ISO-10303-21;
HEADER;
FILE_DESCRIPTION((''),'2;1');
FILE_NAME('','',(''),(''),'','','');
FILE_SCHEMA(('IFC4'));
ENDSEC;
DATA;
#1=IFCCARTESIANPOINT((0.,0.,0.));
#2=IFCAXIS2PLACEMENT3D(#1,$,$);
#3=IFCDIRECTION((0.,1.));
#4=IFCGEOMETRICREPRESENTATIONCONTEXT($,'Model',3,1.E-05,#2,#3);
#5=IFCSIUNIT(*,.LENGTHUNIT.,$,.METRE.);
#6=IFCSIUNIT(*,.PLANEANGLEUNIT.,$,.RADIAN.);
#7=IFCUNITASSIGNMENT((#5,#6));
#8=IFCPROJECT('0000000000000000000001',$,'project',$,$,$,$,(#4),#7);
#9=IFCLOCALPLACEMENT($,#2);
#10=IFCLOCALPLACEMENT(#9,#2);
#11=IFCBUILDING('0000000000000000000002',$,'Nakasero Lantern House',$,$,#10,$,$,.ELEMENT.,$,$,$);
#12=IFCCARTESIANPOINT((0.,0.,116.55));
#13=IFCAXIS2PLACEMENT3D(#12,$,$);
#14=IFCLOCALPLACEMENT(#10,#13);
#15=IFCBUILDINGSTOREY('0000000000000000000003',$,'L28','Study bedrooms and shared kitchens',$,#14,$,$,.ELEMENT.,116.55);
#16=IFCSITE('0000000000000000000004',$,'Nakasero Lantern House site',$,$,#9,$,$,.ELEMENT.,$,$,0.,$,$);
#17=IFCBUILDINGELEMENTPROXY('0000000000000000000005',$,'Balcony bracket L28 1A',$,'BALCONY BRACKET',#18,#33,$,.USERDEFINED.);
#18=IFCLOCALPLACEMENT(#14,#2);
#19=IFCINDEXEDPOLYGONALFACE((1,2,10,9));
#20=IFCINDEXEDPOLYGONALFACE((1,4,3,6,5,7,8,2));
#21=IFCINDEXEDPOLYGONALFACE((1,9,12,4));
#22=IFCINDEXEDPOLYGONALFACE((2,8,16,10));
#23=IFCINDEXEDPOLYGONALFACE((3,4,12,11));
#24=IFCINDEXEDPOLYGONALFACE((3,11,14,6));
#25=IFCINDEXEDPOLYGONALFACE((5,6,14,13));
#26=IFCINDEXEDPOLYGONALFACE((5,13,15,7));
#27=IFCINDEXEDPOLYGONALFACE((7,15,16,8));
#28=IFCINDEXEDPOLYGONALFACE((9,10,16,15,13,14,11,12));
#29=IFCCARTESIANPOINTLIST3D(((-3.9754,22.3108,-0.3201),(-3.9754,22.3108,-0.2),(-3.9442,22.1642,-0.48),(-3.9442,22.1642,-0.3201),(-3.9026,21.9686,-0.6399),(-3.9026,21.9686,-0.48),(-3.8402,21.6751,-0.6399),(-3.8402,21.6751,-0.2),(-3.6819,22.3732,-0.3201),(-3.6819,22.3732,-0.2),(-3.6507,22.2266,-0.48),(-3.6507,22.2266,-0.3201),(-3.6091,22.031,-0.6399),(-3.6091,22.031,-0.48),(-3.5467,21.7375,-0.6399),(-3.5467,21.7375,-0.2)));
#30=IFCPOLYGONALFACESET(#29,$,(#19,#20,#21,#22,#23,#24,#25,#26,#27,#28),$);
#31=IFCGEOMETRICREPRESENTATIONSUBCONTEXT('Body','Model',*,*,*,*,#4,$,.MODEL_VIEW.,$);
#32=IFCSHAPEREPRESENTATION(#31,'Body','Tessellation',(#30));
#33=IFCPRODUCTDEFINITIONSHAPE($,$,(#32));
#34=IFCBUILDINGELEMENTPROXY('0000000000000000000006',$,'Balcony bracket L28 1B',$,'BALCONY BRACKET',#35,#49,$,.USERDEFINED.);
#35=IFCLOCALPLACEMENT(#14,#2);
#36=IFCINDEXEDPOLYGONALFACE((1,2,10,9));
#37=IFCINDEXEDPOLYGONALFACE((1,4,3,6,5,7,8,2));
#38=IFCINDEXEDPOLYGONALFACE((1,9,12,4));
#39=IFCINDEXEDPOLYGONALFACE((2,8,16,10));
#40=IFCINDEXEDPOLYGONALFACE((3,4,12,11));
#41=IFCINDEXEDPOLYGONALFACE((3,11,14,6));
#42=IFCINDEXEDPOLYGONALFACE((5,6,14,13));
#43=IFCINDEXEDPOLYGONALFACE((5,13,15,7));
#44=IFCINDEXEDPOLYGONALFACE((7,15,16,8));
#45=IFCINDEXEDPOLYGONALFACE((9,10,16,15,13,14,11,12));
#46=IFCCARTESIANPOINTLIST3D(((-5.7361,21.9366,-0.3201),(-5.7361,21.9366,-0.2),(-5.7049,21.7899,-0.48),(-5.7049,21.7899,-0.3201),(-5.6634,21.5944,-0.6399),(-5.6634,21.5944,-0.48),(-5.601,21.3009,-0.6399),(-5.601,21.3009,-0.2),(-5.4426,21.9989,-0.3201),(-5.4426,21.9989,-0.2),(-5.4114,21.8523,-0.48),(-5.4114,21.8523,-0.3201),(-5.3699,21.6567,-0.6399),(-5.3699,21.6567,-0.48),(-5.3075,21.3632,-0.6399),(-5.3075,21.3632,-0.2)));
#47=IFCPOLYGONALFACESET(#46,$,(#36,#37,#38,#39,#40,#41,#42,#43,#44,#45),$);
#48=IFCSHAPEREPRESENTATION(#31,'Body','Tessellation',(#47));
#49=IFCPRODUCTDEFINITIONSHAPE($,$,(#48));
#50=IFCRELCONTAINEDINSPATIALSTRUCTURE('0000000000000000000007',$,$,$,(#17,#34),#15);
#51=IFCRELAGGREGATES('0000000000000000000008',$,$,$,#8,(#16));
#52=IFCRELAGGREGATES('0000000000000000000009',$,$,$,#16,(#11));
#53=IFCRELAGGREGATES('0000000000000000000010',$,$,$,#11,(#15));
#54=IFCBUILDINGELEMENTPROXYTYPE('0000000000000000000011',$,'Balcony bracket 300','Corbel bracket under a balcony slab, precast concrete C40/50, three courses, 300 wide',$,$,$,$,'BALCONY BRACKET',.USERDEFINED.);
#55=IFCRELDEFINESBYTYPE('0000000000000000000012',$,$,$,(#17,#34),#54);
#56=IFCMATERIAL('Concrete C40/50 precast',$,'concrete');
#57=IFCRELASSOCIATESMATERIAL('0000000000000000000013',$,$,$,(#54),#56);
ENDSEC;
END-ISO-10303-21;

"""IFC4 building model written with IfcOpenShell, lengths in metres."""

from ifc_helpers import new_model, si_unit, direction, frame, origin, place, context, subcontext, project, spatial, polyline, outline, extrude, material, type_object, element, save


model = new_model("IFC4")

# Units and contexts
model_context = context("Model", 3, precision=1e-05, world=origin(), true_north=direction((0.0, 1.0)))
body_context = subcontext(model_context, "Body", "Model", "MODEL_VIEW")
ifc_project = project(units=[si_unit("LENGTHUNIT", "METRE"), si_unit("PLANEANGLEUNIT", "RADIAN")], contexts=[model_context])

# Site, building, storey
site_placement = place(None, origin())
site = spatial("IfcSite", under=ifc_project, at=site_placement, Name="Nakasero Lantern House site", CompositionType="ELEMENT", RefElevation=0.0)
building_placement = place(site_placement, origin())
building = spatial("IfcBuilding", under=site, at=building_placement, Name="Nakasero Lantern House", CompositionType="ELEMENT")
storey_placement = place(building_placement, frame((0.0, 0.0, 116.55)))
storey = spatial("IfcBuildingStorey", under=building, at=storey_placement, Name="L28", Description="Study bedrooms and shared kitchens", CompositionType="ELEMENT", Elevation=116.55)

# Building element proxies
ifc_material_1 = material(Name="Concrete C40/50 precast", Category="concrete")
building_element_proxy_type = type_object("IfcBuildingElementProxyType", Name="Balcony bracket 300", Description="Corbel bracket under a balcony slab, precast concrete C40/50, three courses, 300 wide", ElementType="BALCONY BRACKET", PredefinedType="USERDEFINED", material=ifc_material_1)
for number, where, z_axis, x_axis, name in (
    (1, (-3.6936, 21.7063, -0.2), (0.0, 0.0, 1.0), (-0.207912, 0.978148, 0.0), "Balcony bracket L28 1A"),
    (2, (-5.4543, 21.332, -0.2), (0.0, 0.0, 1.0), (-0.207912, 0.978148, 0.0), "Balcony bracket L28 1B"),
):
    element("IfcBuildingElementProxy", number, at=place(storey_placement, frame(where, z_axis=z_axis, x_axis=x_axis)), inside=storey, type_object=building_element_proxy_type, Name=name, ObjectType="BALCONY BRACKET", PredefinedType="USERDEFINED", context=body_context, shape_type="SweptSolid", body=[
        extrude(outline(polyline([(0.0, 0.0), (0.6499, 0.0), (0.6499, -0.1201), (0.5, -0.1201), (0.5, -0.28), (0.3, -0.28), (0.3, -0.4399), (0.0, -0.4399), (0.0, 0.0)])), frame((0.0, 0.1499, 0.0), z_axis=(0.0, -1.0, 0.0), x_axis=(1.0, 0.0, 0.0)), (0.0, 0.0, 1.0), 0.3),
    ])

save(model, "model.ifc")
